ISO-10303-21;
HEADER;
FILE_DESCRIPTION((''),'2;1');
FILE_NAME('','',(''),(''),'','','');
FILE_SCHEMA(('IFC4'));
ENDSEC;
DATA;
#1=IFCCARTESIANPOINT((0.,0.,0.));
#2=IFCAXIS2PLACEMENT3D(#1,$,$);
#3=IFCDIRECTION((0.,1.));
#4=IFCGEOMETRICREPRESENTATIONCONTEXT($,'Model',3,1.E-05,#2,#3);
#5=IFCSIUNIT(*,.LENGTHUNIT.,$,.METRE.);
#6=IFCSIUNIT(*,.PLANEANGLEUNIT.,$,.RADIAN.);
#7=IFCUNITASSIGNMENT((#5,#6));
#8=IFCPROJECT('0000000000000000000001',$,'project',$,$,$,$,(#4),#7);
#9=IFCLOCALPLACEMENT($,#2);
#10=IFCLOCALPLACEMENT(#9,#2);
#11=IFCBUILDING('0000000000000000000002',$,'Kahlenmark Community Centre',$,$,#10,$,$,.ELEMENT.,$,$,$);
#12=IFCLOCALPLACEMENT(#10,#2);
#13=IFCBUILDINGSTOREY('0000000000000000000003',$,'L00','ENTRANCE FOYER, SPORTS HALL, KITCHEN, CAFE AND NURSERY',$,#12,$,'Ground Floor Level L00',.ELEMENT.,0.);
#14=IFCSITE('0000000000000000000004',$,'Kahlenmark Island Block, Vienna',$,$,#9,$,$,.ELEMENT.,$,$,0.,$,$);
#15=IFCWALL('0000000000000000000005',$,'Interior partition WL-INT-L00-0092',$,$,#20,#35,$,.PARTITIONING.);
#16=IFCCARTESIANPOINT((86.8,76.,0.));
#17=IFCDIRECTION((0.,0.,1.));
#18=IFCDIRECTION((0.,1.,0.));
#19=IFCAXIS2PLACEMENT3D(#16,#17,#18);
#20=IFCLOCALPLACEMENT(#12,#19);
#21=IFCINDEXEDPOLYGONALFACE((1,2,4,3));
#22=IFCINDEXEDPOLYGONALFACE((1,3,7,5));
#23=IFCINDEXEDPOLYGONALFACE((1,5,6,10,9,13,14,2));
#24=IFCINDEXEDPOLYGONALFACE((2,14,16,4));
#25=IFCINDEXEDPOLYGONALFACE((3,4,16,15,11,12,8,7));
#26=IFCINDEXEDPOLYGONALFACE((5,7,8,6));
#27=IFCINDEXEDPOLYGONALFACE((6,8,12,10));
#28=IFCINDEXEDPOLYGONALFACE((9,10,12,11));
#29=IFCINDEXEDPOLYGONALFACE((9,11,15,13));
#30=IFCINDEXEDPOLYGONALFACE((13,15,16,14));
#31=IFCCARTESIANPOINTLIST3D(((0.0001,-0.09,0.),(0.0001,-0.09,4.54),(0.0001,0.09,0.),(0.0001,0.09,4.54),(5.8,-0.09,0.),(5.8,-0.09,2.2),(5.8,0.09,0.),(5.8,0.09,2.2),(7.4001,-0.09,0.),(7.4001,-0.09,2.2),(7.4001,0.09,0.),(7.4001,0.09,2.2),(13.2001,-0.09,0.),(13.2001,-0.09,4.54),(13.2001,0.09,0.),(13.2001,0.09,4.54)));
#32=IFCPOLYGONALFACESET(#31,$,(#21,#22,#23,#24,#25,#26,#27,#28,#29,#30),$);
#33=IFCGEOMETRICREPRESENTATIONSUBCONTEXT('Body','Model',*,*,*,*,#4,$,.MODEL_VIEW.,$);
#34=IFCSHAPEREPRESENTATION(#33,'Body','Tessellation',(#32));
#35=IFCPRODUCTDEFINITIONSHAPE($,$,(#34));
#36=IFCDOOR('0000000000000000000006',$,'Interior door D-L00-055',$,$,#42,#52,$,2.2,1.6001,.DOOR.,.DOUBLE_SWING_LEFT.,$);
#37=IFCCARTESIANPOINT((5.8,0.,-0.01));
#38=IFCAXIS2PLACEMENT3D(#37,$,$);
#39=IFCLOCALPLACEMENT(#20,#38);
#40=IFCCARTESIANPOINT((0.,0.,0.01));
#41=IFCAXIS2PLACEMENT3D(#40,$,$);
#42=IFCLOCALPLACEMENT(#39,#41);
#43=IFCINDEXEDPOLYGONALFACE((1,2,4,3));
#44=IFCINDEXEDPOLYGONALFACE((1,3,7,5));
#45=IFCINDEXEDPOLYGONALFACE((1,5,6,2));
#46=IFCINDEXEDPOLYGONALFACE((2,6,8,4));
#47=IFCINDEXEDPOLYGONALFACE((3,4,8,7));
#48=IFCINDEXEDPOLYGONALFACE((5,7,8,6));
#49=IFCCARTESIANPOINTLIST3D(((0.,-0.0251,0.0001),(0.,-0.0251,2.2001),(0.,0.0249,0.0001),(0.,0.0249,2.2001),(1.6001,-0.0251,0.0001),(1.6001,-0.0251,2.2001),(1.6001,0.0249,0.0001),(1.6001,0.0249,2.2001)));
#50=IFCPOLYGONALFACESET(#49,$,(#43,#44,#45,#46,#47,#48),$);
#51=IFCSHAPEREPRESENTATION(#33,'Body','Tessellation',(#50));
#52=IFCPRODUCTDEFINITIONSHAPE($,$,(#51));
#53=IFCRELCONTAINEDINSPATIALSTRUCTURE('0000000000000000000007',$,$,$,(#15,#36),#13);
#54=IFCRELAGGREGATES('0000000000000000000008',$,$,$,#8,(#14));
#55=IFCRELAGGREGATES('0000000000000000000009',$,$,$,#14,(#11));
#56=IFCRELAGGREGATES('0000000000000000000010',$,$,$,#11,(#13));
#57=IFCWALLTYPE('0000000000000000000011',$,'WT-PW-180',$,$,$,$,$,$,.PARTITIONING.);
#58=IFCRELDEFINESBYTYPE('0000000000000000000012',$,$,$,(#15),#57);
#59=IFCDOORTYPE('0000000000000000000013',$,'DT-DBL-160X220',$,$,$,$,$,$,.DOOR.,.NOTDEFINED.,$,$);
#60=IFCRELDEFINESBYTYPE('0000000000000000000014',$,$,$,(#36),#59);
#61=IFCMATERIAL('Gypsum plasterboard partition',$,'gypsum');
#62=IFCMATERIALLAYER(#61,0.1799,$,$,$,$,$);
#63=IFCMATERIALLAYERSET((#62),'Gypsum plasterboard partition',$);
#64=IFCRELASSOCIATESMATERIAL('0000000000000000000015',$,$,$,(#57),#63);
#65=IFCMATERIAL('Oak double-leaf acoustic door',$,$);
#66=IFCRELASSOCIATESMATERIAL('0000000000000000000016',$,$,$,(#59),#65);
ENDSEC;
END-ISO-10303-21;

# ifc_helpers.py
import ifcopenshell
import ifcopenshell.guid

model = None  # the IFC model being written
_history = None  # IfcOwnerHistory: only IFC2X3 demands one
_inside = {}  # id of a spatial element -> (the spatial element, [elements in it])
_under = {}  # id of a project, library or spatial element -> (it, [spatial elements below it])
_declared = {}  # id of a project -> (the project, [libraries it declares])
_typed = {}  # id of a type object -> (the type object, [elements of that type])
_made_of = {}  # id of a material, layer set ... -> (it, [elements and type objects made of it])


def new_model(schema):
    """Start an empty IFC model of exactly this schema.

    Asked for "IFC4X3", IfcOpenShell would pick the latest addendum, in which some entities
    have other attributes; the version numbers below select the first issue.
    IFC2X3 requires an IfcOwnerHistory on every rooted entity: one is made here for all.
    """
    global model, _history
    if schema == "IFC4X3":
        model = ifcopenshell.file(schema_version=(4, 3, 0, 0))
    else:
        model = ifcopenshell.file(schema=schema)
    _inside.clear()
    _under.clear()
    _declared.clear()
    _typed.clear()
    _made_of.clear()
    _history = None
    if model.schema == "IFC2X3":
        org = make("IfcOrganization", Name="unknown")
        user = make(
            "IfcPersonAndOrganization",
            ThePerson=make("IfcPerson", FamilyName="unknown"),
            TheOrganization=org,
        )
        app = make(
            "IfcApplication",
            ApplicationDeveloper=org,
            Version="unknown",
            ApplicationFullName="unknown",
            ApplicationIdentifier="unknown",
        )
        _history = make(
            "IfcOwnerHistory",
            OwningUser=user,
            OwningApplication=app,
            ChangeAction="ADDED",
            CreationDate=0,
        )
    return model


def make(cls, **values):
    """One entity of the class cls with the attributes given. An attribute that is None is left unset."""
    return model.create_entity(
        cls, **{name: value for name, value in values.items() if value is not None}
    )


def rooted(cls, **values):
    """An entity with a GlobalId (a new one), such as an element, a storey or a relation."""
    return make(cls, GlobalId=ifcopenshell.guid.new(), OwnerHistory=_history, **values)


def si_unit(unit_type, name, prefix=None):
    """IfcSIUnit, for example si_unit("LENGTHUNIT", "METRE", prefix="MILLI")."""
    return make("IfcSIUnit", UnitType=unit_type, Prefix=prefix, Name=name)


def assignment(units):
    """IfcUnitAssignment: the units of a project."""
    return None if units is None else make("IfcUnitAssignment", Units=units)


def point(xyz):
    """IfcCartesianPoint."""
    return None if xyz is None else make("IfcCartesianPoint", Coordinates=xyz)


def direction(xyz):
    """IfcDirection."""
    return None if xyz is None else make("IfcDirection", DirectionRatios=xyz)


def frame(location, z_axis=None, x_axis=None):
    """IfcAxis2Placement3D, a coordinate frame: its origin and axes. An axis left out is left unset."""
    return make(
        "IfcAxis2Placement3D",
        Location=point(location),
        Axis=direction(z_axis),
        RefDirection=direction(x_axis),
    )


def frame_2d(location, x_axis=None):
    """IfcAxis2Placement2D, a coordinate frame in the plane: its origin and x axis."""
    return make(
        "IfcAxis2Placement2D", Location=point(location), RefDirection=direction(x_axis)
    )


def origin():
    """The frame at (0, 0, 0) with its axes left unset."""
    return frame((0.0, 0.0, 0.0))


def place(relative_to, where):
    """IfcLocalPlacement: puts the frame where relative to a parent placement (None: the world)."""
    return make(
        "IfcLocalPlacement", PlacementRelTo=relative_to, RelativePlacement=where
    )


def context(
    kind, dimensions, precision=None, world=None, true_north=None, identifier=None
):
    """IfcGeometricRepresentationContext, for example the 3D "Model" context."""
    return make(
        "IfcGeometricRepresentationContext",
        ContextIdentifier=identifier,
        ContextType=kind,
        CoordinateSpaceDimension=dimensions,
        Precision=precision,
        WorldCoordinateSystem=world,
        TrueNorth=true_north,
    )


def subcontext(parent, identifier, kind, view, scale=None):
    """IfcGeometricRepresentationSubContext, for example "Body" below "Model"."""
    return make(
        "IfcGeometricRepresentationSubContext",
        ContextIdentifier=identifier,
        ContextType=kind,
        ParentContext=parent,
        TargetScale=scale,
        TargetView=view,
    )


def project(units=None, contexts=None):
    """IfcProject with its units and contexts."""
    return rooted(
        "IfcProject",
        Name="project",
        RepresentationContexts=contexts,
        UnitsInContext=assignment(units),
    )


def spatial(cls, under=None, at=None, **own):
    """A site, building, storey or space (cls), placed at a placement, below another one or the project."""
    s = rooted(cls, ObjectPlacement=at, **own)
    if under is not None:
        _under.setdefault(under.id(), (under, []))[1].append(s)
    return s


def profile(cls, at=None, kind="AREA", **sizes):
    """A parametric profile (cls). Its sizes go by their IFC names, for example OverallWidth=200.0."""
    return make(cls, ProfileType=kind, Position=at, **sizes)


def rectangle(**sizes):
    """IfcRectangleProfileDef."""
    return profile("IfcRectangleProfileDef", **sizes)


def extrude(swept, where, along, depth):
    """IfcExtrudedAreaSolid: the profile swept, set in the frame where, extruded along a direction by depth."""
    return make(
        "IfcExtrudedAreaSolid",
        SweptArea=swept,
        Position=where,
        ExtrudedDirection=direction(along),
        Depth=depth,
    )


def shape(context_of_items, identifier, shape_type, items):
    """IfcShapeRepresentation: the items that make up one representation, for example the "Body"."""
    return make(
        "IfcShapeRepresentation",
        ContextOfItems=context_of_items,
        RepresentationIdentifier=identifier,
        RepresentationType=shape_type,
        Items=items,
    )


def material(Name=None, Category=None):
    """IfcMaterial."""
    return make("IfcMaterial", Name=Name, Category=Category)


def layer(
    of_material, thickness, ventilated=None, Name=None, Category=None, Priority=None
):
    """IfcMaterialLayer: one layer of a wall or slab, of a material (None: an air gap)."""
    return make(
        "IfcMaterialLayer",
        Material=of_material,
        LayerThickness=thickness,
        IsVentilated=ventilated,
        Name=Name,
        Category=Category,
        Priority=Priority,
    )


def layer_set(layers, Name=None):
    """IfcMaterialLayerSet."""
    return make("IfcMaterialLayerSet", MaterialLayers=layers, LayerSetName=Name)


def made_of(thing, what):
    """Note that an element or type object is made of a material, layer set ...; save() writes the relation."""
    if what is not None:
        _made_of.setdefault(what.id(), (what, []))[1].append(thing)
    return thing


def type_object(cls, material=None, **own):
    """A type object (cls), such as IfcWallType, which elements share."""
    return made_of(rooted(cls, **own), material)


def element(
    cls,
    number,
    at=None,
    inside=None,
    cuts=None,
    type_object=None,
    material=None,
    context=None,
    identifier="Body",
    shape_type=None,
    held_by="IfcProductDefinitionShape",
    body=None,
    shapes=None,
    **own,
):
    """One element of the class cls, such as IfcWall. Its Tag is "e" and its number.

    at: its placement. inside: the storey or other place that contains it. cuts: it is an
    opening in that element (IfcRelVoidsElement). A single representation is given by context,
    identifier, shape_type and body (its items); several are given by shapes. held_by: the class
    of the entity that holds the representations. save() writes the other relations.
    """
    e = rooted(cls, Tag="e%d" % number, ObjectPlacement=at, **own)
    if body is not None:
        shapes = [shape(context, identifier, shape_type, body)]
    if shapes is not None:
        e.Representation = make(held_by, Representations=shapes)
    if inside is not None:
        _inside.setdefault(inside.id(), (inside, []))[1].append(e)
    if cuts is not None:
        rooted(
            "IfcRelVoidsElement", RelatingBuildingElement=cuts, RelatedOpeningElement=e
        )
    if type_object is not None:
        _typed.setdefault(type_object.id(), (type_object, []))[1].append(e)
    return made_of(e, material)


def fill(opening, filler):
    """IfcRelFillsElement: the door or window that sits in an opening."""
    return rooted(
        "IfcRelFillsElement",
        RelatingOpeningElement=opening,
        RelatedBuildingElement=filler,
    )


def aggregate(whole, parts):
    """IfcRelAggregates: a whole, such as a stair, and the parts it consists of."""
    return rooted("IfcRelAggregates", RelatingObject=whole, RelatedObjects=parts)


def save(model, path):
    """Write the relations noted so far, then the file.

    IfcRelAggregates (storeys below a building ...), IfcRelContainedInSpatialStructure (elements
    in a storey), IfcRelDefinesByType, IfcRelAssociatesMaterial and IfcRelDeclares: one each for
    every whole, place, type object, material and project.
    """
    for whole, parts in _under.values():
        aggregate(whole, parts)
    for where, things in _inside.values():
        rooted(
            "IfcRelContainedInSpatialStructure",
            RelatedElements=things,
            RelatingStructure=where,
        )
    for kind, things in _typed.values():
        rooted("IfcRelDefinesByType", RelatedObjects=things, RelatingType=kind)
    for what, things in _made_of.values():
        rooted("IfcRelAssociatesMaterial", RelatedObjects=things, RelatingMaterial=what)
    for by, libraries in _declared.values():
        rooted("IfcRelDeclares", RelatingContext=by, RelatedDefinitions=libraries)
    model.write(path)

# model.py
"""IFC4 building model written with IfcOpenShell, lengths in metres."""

from ifc_helpers import new_model, si_unit, direction, frame, frame_2d, origin, place, context, subcontext, project, spatial, rectangle, extrude, material, layer, layer_set, type_object, element, fill, save


model = new_model("IFC4")

# Units and contexts
model_context = context("Model", 3, precision=1e-05, world=origin(), true_north=direction((0.0, 1.0)))
body_context = subcontext(model_context, "Body", "Model", "MODEL_VIEW")
ifc_project = project(units=[si_unit("LENGTHUNIT", "METRE"), si_unit("PLANEANGLEUNIT", "RADIAN")], contexts=[model_context])

# Site, building, storey
site_placement = place(None, origin())
site = spatial("IfcSite", under=ifc_project, at=site_placement, Name="Kahlenmark Island Block, Vienna", CompositionType="ELEMENT", RefElevation=0.0)
building_placement = place(site_placement, origin())
building = spatial("IfcBuilding", under=site, at=building_placement, Name="Kahlenmark Community Centre", CompositionType="ELEMENT")
storey_placement = place(building_placement, origin())
storey = spatial("IfcBuildingStorey", under=building, at=storey_placement, Name="L00", Description="ENTRANCE FOYER, SPORTS HALL, KITCHEN, CAFE AND NURSERY", LongName="Ground Floor Level L00", CompositionType="ELEMENT", Elevation=0.0)

# Wall, opening, door
ifc_material_1 = material(Name="Gypsum plasterboard partition", Category="gypsum")
ifc_layer_1 = layer(ifc_material_1, 0.1799)
ifc_layer_set_1 = layer_set([ifc_layer_1], Name="Gypsum plasterboard partition")
wall_type_1 = type_object("IfcWallType", Name="WT-PW-180", PredefinedType="PARTITIONING", material=ifc_layer_set_1)
wall_1_placement = place(storey_placement, frame((86.8, 76.0, 0.0), z_axis=(0.0, 0.0, 1.0), x_axis=(0.0, 1.0, 0.0)))
wall_1 = element("IfcWall", 1, at=wall_1_placement, inside=storey, type_object=wall_type_1, Name="Interior partition WL-INT-L00-0092", PredefinedType="PARTITIONING", context=body_context, shape_type="SweptSolid", body=[
    extrude(rectangle(XDim=13.2, YDim=0.1799, at=frame_2d((6.6001, 0.0))), origin(), (0.0, 0.0, 1.0), 4.54),
])
opening_1_placement = place(wall_1_placement, frame((5.8, 0.0, -0.01)))
opening_1 = element("IfcOpeningElement", 2, at=opening_1_placement, cuts=wall_1, PredefinedType="OPENING", context=body_context, shape_type="SweptSolid", body=[
    extrude(rectangle(XDim=1.6001, YDim=2.21, at=frame_2d((0.8, 1.105))), frame((0.0, 0.0999, 0.0), z_axis=(0.0, -1.0, 0.0), x_axis=(1.0, 0.0, 0.0)), (0.0, 0.0, 1.0), 0.2),
])
ifc_material_2 = material(Name="Oak double-leaf acoustic door")
door_type = type_object("IfcDoorType", Name="DT-DBL-160X220", OperationType="NOTDEFINED", PredefinedType="DOOR", material=ifc_material_2)
door_placement = place(opening_1_placement, frame((0.0, 0.0, 0.01)))
door = element("IfcDoor", 3, at=door_placement, inside=storey, type_object=door_type, Name="Interior door D-L00-055", OperationType="DOUBLE_SWING_LEFT", OverallHeight=2.2, OverallWidth=1.6001, PredefinedType="DOOR", context=body_context, shape_type="SweptSolid", body=[
    extrude(rectangle(XDim=1.6001, YDim=2.2, at=frame_2d((0.8, 1.1001))), frame((0.0, 0.0249, 0.0), z_axis=(0.0, -1.0, 0.0), x_axis=(1.0, 0.0, 0.0)), (0.0, 0.0, 1.0), 0.05),
])
fill(opening_1, door)

save(model, "model.ifc")
